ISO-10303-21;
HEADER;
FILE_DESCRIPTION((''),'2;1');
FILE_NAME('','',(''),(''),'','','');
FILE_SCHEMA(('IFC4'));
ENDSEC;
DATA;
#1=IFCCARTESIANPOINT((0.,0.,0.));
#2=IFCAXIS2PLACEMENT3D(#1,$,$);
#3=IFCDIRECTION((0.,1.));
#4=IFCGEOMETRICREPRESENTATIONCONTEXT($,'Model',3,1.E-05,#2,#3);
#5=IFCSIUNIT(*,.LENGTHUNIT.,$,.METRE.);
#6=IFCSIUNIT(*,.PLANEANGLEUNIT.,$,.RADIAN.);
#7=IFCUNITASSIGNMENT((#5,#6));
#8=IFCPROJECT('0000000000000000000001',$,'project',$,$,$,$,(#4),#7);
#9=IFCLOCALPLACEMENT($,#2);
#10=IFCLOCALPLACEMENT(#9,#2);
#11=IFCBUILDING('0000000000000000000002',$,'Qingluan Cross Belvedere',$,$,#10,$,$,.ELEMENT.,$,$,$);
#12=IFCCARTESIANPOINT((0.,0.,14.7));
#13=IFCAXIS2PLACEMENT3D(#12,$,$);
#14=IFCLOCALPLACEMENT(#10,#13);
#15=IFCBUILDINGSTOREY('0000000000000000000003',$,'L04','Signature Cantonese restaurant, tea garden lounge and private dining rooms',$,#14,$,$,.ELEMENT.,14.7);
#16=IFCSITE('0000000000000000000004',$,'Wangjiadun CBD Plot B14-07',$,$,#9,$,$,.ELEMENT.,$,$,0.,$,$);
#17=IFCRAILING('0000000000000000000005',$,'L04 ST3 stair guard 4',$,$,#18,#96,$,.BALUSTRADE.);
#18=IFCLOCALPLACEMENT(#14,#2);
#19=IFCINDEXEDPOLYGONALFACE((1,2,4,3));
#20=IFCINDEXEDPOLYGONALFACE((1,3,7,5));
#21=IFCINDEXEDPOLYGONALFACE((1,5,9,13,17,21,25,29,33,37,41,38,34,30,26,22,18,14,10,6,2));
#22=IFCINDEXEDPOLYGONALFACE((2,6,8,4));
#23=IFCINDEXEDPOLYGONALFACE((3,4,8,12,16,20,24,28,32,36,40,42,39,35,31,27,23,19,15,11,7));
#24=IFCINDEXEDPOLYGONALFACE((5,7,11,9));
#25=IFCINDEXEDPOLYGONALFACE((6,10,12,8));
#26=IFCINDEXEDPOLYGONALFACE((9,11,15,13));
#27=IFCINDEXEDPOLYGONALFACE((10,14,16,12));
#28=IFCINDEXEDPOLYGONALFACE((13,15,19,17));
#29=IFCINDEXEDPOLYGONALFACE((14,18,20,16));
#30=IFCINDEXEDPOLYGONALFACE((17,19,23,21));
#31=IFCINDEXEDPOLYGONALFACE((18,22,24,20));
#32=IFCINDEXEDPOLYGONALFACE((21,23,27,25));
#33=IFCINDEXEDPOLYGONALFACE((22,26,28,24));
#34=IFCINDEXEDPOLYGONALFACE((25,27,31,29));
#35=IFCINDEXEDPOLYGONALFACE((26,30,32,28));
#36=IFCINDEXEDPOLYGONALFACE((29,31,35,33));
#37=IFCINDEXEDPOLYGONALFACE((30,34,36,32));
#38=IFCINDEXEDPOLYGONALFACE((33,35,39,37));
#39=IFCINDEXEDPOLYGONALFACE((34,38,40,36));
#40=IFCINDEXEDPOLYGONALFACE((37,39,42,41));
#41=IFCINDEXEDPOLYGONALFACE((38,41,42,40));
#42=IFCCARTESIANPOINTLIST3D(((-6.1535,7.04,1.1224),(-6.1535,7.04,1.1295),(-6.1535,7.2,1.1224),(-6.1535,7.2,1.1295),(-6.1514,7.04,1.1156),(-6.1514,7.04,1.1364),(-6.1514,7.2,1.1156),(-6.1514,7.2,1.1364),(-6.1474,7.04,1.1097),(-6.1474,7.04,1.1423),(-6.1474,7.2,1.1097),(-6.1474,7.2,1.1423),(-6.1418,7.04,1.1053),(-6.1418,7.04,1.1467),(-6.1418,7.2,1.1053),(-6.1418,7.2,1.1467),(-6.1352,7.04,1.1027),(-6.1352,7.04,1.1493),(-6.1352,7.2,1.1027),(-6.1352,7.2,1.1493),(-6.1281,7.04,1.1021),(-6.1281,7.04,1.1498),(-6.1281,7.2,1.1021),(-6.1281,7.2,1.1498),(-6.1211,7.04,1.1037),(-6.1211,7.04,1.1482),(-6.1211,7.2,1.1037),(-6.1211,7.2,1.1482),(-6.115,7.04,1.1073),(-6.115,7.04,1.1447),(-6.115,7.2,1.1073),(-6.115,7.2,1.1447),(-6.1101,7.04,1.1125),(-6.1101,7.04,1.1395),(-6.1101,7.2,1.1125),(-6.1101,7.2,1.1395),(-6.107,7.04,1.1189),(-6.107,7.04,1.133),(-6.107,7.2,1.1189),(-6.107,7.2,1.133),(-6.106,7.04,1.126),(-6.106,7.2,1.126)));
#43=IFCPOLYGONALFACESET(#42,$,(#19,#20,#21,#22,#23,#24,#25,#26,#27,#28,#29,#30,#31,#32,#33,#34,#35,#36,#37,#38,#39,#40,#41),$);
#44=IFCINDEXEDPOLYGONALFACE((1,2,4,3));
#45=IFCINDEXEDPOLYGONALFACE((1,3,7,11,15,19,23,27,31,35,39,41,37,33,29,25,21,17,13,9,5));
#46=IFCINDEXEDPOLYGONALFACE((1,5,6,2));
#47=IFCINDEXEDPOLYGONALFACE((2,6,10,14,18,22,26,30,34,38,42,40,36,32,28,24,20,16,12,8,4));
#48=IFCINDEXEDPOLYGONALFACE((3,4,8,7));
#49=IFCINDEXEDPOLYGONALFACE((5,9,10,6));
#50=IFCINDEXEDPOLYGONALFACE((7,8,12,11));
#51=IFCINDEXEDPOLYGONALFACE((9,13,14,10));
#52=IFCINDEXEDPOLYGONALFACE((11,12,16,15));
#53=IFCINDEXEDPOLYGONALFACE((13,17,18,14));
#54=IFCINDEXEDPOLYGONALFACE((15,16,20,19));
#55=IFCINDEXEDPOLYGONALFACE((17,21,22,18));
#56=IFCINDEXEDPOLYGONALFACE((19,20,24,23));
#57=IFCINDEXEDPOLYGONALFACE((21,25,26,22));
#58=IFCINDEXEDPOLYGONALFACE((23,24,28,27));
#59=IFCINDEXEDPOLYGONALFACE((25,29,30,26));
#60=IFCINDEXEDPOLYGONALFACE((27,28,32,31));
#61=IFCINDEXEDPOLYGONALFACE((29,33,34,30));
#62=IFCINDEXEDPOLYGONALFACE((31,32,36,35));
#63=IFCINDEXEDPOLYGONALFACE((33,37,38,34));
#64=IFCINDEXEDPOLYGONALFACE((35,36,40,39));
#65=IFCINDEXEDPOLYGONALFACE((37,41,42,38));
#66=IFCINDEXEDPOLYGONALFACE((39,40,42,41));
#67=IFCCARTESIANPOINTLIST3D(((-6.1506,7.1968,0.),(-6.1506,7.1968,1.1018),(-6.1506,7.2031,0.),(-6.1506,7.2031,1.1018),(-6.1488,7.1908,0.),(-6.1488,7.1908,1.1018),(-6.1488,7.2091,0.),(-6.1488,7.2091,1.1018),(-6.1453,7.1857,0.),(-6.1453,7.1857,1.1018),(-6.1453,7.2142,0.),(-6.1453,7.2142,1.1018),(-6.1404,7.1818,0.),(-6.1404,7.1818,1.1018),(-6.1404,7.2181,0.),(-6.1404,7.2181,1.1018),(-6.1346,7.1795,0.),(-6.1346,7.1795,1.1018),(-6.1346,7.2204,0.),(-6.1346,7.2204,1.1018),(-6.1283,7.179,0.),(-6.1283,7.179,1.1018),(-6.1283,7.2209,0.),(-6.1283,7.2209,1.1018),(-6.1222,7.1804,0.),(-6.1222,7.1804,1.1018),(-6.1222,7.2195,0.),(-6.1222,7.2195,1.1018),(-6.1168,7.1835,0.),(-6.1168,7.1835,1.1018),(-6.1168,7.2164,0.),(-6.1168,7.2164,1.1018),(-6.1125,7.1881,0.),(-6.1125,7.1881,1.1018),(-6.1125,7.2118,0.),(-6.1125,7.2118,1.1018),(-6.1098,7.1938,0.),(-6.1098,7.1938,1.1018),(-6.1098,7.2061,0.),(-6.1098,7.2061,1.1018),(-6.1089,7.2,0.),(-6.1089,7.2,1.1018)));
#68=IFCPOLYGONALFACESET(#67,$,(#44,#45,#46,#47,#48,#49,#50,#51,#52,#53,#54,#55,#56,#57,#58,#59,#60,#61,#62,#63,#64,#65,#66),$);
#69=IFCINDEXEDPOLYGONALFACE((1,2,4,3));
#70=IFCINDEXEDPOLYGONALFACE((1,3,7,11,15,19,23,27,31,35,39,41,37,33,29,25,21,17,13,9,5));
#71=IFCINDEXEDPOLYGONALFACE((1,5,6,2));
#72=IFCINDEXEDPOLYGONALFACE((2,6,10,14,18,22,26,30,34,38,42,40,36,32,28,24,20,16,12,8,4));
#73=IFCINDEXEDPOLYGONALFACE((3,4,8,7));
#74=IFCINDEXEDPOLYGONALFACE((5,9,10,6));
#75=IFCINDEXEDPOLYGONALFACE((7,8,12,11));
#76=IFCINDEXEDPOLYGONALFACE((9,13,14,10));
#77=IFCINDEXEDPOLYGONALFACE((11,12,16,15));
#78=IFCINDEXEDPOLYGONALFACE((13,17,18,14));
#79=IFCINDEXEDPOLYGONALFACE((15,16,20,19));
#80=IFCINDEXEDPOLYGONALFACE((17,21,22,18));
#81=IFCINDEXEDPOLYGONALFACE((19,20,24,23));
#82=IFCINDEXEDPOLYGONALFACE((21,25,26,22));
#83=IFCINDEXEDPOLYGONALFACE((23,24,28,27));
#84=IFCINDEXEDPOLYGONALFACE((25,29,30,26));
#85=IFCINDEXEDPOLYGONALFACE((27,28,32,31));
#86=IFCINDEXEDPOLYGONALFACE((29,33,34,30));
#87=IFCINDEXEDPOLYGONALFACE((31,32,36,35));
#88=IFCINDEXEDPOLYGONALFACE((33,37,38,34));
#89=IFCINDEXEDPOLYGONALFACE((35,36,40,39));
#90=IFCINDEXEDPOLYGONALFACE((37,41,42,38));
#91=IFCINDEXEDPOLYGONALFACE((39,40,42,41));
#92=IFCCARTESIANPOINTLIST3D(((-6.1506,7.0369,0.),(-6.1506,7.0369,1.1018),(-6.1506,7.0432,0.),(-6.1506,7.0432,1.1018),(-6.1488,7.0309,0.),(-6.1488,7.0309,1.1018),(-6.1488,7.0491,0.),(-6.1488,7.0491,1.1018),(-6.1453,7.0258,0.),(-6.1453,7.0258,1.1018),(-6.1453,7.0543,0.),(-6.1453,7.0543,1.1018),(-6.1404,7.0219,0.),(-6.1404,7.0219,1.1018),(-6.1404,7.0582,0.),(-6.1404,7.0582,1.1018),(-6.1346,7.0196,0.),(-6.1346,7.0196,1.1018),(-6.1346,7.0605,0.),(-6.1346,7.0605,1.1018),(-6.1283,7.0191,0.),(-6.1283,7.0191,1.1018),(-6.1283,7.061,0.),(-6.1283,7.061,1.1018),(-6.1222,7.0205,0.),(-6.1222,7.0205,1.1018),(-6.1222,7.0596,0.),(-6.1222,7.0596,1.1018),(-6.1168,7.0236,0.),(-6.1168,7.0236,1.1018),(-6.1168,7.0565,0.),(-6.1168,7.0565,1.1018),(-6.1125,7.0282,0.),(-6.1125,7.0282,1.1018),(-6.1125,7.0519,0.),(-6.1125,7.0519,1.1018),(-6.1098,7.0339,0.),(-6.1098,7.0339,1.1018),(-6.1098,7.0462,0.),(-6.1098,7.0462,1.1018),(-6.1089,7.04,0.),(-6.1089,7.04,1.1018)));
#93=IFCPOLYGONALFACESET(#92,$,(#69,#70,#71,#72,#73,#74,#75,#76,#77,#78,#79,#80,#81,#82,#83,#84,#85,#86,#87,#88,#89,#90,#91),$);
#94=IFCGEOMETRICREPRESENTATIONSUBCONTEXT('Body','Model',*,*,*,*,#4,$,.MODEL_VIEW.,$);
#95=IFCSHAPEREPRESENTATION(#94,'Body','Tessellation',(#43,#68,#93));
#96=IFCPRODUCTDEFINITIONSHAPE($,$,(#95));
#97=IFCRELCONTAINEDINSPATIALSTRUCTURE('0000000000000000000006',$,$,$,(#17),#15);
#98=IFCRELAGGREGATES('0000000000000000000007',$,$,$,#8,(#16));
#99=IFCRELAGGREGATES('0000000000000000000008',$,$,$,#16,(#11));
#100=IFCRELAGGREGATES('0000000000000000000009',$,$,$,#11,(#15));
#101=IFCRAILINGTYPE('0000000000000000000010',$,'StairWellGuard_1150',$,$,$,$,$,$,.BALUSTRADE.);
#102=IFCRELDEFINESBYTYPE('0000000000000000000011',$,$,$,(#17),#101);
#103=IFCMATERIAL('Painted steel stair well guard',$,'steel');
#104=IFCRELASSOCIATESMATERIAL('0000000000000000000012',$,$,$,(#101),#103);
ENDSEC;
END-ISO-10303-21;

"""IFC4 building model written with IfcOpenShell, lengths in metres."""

from ifc_helpers import new_model, si_unit, direction, frame, origin, origin_2d, place, context, subcontext, project, spatial, circle, extrude, material, type_object, element, save


model = new_model("IFC4")

# Units and contexts
model_context = context("Model", 3, precision=1e-05, world=origin(), true_north=direction((0.0, 1.0)))
body_context = subcontext(model_context, "Body", "Model", "MODEL_VIEW")
ifc_project = project(units=[si_unit("LENGTHUNIT", "METRE"), si_unit("PLANEANGLEUNIT", "RADIAN")], contexts=[model_context])

# Site, building, storey
site_placement = place(None, origin())
site = spatial("IfcSite", under=ifc_project, at=site_placement, Name="Wangjiadun CBD Plot B14-07", CompositionType="ELEMENT", RefElevation=0.0)
building_placement = place(site_placement, origin())
building = spatial("IfcBuilding", under=site, at=building_placement, Name="Qingluan Cross Belvedere", CompositionType="ELEMENT")
storey_placement = place(building_placement, frame((0.0, 0.0, 14.7)))
storey = spatial("IfcBuildingStorey", under=building, at=storey_placement, Name="L04", Description="Signature Cantonese restaurant, tea garden lounge and private dining rooms", CompositionType="ELEMENT", Elevation=14.7)

# Railing
ifc_material_1 = material(Name="Painted steel stair well guard", Category="steel")
railing_type_1 = type_object("IfcRailingType", Name="StairWellGuard_1150", PredefinedType="BALUSTRADE", material=ifc_material_1)
railing_1_placement = place(storey_placement, frame((-6.1299, 7.2, 0.0)))
element("IfcRailing", 1, at=railing_1_placement, inside=storey, type_object=railing_type_1, Name="L04 ST3 stair guard 4", PredefinedType="BALUSTRADE", context=body_context, shape_type="SweptSolid", body=[
    extrude(circle(Radius=0.0239, at=origin_2d()), frame((0.0, 0.0, 1.126), z_axis=(0.0, -1.0, 0.0), x_axis=(1.0, 0.0, 0.0)), (0.0, 0.0, 1.0), 0.1599),
    extrude(circle(Radius=0.021, at=origin_2d()), origin(), (0.0, 0.0, 1.0), 1.1018),
    extrude(circle(Radius=0.021, at=origin_2d()), frame((0.0, -0.1599, 0.0)), (0.0, 0.0, 1.0), 1.1018),
])

save(model, "model.ifc")
